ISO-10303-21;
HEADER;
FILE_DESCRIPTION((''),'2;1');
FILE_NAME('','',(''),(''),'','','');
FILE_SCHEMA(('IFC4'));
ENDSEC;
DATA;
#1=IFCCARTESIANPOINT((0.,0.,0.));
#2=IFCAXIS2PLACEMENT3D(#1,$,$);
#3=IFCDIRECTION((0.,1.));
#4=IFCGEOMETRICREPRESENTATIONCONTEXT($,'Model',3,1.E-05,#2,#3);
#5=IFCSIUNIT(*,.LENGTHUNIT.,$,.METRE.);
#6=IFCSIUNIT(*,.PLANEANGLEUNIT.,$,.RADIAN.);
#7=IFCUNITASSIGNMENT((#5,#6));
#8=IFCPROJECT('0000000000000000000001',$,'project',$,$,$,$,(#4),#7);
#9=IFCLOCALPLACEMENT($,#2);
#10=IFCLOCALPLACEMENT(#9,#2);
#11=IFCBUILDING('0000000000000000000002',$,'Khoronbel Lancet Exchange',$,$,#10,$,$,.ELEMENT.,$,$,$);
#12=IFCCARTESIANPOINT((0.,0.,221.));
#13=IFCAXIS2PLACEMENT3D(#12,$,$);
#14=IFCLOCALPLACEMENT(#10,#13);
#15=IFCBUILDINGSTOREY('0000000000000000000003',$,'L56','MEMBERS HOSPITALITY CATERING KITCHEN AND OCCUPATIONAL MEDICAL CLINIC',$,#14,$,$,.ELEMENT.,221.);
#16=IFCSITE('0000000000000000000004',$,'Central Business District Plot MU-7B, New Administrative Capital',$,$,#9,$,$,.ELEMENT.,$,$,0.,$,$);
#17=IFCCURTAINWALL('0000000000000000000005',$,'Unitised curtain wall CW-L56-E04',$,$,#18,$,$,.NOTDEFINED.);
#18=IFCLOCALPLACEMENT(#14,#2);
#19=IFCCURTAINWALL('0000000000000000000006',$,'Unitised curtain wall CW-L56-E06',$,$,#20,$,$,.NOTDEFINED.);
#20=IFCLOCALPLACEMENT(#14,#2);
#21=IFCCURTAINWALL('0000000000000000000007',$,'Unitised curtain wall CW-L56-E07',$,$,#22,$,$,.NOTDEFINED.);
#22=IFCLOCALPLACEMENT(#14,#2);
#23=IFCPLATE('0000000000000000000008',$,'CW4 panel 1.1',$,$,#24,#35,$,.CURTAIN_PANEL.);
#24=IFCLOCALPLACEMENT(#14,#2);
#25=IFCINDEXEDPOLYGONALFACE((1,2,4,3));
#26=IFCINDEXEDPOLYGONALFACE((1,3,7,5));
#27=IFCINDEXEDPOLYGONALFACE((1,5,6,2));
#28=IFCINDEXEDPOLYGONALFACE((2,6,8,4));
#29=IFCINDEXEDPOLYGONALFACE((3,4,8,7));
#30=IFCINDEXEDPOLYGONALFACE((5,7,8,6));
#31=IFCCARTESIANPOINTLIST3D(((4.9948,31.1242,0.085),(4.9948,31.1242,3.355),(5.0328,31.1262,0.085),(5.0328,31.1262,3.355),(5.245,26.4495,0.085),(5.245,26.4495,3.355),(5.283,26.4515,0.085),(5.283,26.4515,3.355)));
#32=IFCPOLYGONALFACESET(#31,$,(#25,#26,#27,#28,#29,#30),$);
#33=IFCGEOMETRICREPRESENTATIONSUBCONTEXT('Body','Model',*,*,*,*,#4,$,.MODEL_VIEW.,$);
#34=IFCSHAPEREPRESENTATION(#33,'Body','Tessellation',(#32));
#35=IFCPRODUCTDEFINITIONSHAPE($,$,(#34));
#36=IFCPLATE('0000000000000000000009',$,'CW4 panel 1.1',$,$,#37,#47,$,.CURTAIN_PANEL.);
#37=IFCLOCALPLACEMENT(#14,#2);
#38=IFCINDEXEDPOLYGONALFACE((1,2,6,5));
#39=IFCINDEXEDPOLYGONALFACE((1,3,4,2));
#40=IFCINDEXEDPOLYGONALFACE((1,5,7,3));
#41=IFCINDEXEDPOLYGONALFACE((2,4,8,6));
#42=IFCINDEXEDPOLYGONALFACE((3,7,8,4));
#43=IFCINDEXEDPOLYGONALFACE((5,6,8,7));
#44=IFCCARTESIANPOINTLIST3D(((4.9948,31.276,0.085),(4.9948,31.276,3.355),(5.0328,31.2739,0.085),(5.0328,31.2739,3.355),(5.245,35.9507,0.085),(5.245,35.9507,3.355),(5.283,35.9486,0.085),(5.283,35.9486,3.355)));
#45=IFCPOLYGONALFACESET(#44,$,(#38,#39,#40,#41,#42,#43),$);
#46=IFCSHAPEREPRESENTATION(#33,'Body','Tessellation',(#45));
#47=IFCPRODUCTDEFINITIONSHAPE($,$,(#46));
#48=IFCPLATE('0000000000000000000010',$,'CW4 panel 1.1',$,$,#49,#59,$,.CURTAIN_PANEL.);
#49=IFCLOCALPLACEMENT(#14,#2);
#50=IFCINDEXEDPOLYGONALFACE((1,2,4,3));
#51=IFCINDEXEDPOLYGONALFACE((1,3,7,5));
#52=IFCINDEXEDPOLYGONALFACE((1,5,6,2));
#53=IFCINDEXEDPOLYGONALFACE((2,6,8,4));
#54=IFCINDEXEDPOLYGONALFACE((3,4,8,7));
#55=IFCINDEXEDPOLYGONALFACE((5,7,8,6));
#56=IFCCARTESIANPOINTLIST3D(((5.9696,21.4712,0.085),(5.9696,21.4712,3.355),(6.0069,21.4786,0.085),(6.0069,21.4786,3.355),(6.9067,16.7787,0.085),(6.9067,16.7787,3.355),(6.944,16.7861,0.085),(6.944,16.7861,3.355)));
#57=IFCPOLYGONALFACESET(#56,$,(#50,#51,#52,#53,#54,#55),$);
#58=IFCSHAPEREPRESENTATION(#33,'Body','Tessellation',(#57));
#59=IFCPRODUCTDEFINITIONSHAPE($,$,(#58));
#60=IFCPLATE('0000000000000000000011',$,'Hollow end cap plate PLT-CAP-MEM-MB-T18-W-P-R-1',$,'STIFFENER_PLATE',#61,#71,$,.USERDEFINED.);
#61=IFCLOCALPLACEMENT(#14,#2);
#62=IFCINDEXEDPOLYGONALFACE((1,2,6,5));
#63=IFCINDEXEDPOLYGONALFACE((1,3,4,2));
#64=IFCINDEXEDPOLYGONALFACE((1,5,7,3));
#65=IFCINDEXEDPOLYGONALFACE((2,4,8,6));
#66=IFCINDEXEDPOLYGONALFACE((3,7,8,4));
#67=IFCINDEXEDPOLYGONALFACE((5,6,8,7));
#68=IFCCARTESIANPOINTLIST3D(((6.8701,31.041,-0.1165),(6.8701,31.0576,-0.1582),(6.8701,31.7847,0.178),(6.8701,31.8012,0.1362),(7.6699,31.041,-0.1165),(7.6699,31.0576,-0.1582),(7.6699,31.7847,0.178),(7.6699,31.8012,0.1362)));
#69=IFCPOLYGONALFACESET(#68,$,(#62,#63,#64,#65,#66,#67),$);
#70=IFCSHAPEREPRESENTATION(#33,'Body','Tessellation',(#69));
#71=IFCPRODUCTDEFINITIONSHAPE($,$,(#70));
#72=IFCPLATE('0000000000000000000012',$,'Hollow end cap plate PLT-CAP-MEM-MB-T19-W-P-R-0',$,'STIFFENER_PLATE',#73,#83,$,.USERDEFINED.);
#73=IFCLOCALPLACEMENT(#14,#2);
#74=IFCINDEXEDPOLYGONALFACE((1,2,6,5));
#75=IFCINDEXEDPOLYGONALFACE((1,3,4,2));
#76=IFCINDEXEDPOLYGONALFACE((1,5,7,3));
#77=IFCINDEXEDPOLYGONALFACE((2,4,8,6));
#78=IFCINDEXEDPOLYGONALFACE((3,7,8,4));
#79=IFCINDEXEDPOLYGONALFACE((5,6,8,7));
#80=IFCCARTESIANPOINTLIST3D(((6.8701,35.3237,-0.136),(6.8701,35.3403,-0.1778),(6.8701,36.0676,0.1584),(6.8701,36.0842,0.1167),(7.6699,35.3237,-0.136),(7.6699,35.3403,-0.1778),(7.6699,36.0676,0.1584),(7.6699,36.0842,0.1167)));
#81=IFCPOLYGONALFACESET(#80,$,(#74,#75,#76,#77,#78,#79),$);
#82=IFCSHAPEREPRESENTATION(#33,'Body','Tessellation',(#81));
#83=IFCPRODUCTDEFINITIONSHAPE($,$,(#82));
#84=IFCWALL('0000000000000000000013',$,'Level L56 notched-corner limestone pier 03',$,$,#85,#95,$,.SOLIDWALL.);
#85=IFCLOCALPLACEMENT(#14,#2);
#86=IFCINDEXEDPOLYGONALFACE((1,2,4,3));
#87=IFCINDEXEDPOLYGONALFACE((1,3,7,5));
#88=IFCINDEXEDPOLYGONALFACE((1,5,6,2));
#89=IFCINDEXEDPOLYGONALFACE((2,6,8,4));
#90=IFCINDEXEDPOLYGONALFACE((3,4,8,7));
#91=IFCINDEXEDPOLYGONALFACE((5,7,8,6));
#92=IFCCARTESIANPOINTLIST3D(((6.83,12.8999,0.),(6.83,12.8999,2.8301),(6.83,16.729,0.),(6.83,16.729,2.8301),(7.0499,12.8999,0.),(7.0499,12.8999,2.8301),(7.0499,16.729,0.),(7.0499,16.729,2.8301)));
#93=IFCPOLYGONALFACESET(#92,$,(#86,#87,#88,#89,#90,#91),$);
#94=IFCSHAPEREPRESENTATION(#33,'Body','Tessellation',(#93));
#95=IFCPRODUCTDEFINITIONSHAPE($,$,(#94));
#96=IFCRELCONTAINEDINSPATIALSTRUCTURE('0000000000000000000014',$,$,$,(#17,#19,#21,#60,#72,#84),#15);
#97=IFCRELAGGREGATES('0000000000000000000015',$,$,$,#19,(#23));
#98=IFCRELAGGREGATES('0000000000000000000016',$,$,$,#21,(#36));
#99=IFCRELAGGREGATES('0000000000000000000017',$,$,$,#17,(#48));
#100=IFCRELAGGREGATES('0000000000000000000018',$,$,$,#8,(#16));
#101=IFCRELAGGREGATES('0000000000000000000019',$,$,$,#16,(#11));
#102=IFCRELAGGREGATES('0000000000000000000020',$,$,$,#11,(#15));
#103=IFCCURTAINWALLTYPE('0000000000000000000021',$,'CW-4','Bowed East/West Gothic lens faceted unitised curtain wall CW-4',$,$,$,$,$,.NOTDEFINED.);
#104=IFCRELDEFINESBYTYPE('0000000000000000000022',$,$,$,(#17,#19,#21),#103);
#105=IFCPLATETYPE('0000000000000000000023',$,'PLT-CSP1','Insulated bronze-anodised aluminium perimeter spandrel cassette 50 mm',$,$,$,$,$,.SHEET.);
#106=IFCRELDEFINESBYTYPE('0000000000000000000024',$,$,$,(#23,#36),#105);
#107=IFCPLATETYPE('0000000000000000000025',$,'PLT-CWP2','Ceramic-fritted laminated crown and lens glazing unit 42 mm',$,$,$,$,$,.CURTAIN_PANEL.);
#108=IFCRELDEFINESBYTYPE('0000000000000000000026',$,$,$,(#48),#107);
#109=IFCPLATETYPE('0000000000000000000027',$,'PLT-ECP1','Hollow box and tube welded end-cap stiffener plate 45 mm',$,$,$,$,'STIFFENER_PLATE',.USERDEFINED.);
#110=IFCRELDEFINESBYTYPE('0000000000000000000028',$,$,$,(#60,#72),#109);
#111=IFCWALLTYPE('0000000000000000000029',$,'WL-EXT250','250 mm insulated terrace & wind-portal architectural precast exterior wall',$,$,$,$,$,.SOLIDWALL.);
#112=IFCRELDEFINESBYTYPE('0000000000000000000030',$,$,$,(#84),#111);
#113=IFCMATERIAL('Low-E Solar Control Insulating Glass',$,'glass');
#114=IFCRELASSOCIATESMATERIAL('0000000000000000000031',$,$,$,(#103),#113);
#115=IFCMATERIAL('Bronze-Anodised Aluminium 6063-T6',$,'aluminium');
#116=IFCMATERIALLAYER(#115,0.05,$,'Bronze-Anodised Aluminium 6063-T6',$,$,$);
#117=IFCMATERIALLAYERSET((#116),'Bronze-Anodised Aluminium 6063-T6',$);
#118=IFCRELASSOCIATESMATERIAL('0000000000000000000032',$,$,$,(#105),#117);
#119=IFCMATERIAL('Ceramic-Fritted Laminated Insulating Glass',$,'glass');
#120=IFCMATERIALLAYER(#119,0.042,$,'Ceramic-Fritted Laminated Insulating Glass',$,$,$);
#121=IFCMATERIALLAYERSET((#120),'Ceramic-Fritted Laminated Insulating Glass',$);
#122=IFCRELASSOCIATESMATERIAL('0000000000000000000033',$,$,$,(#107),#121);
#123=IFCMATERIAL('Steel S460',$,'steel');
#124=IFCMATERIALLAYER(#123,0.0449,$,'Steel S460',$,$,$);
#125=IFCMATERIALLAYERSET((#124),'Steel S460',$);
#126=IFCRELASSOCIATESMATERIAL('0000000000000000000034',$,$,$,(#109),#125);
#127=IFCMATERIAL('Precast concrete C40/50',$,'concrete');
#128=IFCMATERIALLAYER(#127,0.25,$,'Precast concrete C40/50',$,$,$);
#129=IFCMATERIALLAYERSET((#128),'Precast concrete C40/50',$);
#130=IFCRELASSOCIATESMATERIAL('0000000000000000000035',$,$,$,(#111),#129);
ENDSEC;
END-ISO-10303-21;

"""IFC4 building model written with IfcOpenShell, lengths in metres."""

from ifc_helpers import new_model, si_unit, direction, frame, frame_2d, origin, origin_2d, place, context, subcontext, project, spatial, polyline, rectangle, outline, extrude, material, layer, layer_set, type_object, element, aggregate, save


model = new_model("IFC4")

# Units and contexts
model_context = context("Model", 3, precision=1e-05, world=origin(), true_north=direction((0.0, 1.0)))
body_context = subcontext(model_context, "Body", "Model", "MODEL_VIEW")
ifc_project = project(units=[si_unit("LENGTHUNIT", "METRE"), si_unit("PLANEANGLEUNIT", "RADIAN")], contexts=[model_context])

# Site, building, storey
site_placement = place(None, origin())
site = spatial("IfcSite", under=ifc_project, at=site_placement, Name="Central Business District Plot MU-7B, New Administrative Capital", CompositionType="ELEMENT", RefElevation=0.0)
building_placement = place(site_placement, origin())
building = spatial("IfcBuilding", under=site, at=building_placement, Name="Khoronbel Lancet Exchange", CompositionType="ELEMENT")
storey_placement = place(building_placement, frame((0.0, 0.0, 221.0)))
storey = spatial("IfcBuildingStorey", under=building, at=storey_placement, Name="L56", Description="MEMBERS HOSPITALITY CATERING KITCHEN AND OCCUPATIONAL MEDICAL CLINIC", CompositionType="ELEMENT", Elevation=221.0)

# Curtain walls
ifc_material_1 = material(Name="Low-E Solar Control Insulating Glass", Category="glass")
curtain_wall_type = type_object("IfcCurtainWallType", Name="CW-4", Description="Bowed East/West Gothic lens faceted unitised curtain wall CW-4", PredefinedType="NOTDEFINED", material=ifc_material_1)
curtain_wall_1_placement = place(storey_placement, origin())
curtain_wall_1 = element("IfcCurtainWall", 1, at=curtain_wall_1_placement, inside=storey, type_object=curtain_wall_type, Name="Unitised curtain wall CW-L56-E04", PredefinedType="NOTDEFINED")
ifc_material_2 = material(Name="Bronze-Anodised Aluminium 6063-T6", Category="aluminium")
curtain_wall_2_placement = place(storey_placement, origin())
curtain_wall_2 = element("IfcCurtainWall", 2, at=curtain_wall_2_placement, inside=storey, type_object=curtain_wall_type, Name="Unitised curtain wall CW-L56-E06", PredefinedType="NOTDEFINED")

# Curtain wall
curtain_wall_3_placement = place(storey_placement, origin())
curtain_wall_3 = element("IfcCurtainWall", 3, at=curtain_wall_3_placement, inside=storey, type_object=curtain_wall_type, Name="Unitised curtain wall CW-L56-E07", PredefinedType="NOTDEFINED")

# Plates
ifc_layer_1 = layer(ifc_material_2, 0.05, Name="Bronze-Anodised Aluminium 6063-T6")
ifc_layer_set_1 = layer_set([ifc_layer_1], Name="Bronze-Anodised Aluminium 6063-T6")
plate_type_1 = type_object("IfcPlateType", Name="PLT-CSP1", Description="Insulated bronze-anodised aluminium perimeter spandrel cassette 50 mm", PredefinedType="SHEET", material=ifc_layer_set_1)
plate_1_placement = place(storey_placement, frame((5.1389, 28.7878, 0.085), z_axis=(0.0, 0.0, 1.0), x_axis=(-0.053443, 0.998571, 0.0)))
plate_1 = element("IfcPlate", 4, at=plate_1_placement, type_object=plate_type_1, Name="CW4 panel 1.1", PredefinedType="CURTAIN_PANEL", context=body_context, shape_type="SweptSolid", body=[
    extrude(rectangle(XDim=4.6814, YDim=0.0381, at=origin_2d()), origin(), (0.0, 0.0, 1.0), 3.27),
])
aggregate(curtain_wall_2, [plate_1])
plate_2_placement = place(storey_placement, frame((5.1389, 33.6123, 0.085), z_axis=(0.0, 0.0, 1.0), x_axis=(0.053443, 0.998571, 0.0)))
plate_2 = element("IfcPlate", 5, at=plate_2_placement, type_object=plate_type_1, Name="CW4 panel 1.1", PredefinedType="CURTAIN_PANEL", context=body_context, shape_type="SweptSolid", body=[
    extrude(rectangle(XDim=4.6814, YDim=0.0381, at=origin_2d()), origin(), (0.0, 0.0, 1.0), 3.27),
])
aggregate(curtain_wall_3, [plate_2])
ifc_material_3 = material(Name="Ceramic-Fritted Laminated Insulating Glass", Category="glass")
ifc_layer_2 = layer(ifc_material_3, 0.042, Name="Ceramic-Fritted Laminated Insulating Glass")
ifc_layer_set_2 = layer_set([ifc_layer_2], Name="Ceramic-Fritted Laminated Insulating Glass")
plate_type_2 = type_object("IfcPlateType", Name="PLT-CWP2", Description="Ceramic-fritted laminated crown and lens glazing unit 42 mm", PredefinedType="CURTAIN_PANEL", material=ifc_layer_set_2)
plate_3_placement = place(storey_placement, frame((6.4568, 19.1287, 0.085), z_axis=(0.0, 0.0, 1.0), x_axis=(-0.195836, 0.980637, 0.0)))
plate_3 = element("IfcPlate", 6, at=plate_3_placement, type_object=plate_type_2, Name="CW4 panel 1.1", PredefinedType="CURTAIN_PANEL", context=body_context, shape_type="SweptSolid", body=[
    extrude(rectangle(XDim=4.7852, YDim=0.0381, at=origin_2d()), origin(), (0.0, 0.0, 1.0), 3.27),
])
aggregate(curtain_wall_1, [plate_3])

# Plates
ifc_material_4 = material(Name="Steel S460", Category="steel")
ifc_layer_3 = layer(ifc_material_4, 0.0449, Name="Steel S460")
ifc_layer_set_3 = layer_set([ifc_layer_3], Name="Steel S460")
plate_type_3 = type_object("IfcPlateType", Name="PLT-ECP1", Description="Hollow box and tube welded end-cap stiffener plate 45 mm", ElementType="STIFFENER_PLATE", PredefinedType="USERDEFINED", material=ifc_layer_set_3)
plate_4_placement = place(storey_placement, frame((6.8701, 31.041, -0.1165), z_axis=(0.0, -0.368125, 0.929776), x_axis=(1.0, 0.0, 0.0)))
element("IfcPlate", 7, at=plate_4_placement, inside=storey, type_object=plate_type_3, Name="Hollow end cap plate PLT-CAP-MEM-MB-T18-W-P-R-1", ObjectType="STIFFENER_PLATE", PredefinedType="USERDEFINED", context=body_context, shape_type="SweptSolid", body=[
    extrude(outline(polyline([(0.0, 0.0), (0.7998, 0.0), (0.7998, 0.7998), (0.0, 0.7998), (0.0, 0.0)])), origin(), (0.0, 0.0, -1.0), 0.0449),
])
plate_5_placement = place(storey_placement, frame((6.8701, 35.3237, -0.136), z_axis=(0.0, -0.368021, 0.929817), x_axis=(1.0, 0.0, 0.0)))
element("IfcPlate", 8, at=plate_5_placement, inside=storey, type_object=plate_type_3, Name="Hollow end cap plate PLT-CAP-MEM-MB-T19-W-P-R-0", ObjectType="STIFFENER_PLATE", PredefinedType="USERDEFINED", context=body_context, shape_type="SweptSolid", body=[
    extrude(outline(polyline([(0.0, 0.0), (0.7998, 0.0), (0.7998, 0.8), (0.0, 0.8), (0.0, 0.0)])), origin(), (0.0, 0.0, -1.0), 0.0449),
])

# Wall
ifc_material_5 = material(Name="Precast concrete C40/50", Category="concrete")
ifc_layer_4 = layer(ifc_material_5, 0.25, Name="Precast concrete C40/50")
ifc_layer_set_4 = layer_set([ifc_layer_4], Name="Precast concrete C40/50")
wall_type = type_object("IfcWallType", Name="WL-EXT250", Description="250 mm insulated terrace & wind-portal architectural precast exterior wall", PredefinedType="SOLIDWALL", material=ifc_layer_set_4)
wall_placement = place(storey_placement, frame((6.9399, 12.8999, 0.0), z_axis=(0.0, 0.0, 1.0), x_axis=(0.0, 1.0, 0.0)))
element("IfcWall", 9, at=wall_placement, inside=storey, type_object=wall_type, Name="Level L56 notched-corner limestone pier 03", PredefinedType="SOLIDWALL", context=body_context, shape_type="SweptSolid", body=[
    extrude(rectangle(XDim=3.8291, YDim=0.22, at=frame_2d((1.9146, 0.0))), origin(), (0.0, 0.0, 1.0), 2.8301),
])

save(model, "model.ifc")
